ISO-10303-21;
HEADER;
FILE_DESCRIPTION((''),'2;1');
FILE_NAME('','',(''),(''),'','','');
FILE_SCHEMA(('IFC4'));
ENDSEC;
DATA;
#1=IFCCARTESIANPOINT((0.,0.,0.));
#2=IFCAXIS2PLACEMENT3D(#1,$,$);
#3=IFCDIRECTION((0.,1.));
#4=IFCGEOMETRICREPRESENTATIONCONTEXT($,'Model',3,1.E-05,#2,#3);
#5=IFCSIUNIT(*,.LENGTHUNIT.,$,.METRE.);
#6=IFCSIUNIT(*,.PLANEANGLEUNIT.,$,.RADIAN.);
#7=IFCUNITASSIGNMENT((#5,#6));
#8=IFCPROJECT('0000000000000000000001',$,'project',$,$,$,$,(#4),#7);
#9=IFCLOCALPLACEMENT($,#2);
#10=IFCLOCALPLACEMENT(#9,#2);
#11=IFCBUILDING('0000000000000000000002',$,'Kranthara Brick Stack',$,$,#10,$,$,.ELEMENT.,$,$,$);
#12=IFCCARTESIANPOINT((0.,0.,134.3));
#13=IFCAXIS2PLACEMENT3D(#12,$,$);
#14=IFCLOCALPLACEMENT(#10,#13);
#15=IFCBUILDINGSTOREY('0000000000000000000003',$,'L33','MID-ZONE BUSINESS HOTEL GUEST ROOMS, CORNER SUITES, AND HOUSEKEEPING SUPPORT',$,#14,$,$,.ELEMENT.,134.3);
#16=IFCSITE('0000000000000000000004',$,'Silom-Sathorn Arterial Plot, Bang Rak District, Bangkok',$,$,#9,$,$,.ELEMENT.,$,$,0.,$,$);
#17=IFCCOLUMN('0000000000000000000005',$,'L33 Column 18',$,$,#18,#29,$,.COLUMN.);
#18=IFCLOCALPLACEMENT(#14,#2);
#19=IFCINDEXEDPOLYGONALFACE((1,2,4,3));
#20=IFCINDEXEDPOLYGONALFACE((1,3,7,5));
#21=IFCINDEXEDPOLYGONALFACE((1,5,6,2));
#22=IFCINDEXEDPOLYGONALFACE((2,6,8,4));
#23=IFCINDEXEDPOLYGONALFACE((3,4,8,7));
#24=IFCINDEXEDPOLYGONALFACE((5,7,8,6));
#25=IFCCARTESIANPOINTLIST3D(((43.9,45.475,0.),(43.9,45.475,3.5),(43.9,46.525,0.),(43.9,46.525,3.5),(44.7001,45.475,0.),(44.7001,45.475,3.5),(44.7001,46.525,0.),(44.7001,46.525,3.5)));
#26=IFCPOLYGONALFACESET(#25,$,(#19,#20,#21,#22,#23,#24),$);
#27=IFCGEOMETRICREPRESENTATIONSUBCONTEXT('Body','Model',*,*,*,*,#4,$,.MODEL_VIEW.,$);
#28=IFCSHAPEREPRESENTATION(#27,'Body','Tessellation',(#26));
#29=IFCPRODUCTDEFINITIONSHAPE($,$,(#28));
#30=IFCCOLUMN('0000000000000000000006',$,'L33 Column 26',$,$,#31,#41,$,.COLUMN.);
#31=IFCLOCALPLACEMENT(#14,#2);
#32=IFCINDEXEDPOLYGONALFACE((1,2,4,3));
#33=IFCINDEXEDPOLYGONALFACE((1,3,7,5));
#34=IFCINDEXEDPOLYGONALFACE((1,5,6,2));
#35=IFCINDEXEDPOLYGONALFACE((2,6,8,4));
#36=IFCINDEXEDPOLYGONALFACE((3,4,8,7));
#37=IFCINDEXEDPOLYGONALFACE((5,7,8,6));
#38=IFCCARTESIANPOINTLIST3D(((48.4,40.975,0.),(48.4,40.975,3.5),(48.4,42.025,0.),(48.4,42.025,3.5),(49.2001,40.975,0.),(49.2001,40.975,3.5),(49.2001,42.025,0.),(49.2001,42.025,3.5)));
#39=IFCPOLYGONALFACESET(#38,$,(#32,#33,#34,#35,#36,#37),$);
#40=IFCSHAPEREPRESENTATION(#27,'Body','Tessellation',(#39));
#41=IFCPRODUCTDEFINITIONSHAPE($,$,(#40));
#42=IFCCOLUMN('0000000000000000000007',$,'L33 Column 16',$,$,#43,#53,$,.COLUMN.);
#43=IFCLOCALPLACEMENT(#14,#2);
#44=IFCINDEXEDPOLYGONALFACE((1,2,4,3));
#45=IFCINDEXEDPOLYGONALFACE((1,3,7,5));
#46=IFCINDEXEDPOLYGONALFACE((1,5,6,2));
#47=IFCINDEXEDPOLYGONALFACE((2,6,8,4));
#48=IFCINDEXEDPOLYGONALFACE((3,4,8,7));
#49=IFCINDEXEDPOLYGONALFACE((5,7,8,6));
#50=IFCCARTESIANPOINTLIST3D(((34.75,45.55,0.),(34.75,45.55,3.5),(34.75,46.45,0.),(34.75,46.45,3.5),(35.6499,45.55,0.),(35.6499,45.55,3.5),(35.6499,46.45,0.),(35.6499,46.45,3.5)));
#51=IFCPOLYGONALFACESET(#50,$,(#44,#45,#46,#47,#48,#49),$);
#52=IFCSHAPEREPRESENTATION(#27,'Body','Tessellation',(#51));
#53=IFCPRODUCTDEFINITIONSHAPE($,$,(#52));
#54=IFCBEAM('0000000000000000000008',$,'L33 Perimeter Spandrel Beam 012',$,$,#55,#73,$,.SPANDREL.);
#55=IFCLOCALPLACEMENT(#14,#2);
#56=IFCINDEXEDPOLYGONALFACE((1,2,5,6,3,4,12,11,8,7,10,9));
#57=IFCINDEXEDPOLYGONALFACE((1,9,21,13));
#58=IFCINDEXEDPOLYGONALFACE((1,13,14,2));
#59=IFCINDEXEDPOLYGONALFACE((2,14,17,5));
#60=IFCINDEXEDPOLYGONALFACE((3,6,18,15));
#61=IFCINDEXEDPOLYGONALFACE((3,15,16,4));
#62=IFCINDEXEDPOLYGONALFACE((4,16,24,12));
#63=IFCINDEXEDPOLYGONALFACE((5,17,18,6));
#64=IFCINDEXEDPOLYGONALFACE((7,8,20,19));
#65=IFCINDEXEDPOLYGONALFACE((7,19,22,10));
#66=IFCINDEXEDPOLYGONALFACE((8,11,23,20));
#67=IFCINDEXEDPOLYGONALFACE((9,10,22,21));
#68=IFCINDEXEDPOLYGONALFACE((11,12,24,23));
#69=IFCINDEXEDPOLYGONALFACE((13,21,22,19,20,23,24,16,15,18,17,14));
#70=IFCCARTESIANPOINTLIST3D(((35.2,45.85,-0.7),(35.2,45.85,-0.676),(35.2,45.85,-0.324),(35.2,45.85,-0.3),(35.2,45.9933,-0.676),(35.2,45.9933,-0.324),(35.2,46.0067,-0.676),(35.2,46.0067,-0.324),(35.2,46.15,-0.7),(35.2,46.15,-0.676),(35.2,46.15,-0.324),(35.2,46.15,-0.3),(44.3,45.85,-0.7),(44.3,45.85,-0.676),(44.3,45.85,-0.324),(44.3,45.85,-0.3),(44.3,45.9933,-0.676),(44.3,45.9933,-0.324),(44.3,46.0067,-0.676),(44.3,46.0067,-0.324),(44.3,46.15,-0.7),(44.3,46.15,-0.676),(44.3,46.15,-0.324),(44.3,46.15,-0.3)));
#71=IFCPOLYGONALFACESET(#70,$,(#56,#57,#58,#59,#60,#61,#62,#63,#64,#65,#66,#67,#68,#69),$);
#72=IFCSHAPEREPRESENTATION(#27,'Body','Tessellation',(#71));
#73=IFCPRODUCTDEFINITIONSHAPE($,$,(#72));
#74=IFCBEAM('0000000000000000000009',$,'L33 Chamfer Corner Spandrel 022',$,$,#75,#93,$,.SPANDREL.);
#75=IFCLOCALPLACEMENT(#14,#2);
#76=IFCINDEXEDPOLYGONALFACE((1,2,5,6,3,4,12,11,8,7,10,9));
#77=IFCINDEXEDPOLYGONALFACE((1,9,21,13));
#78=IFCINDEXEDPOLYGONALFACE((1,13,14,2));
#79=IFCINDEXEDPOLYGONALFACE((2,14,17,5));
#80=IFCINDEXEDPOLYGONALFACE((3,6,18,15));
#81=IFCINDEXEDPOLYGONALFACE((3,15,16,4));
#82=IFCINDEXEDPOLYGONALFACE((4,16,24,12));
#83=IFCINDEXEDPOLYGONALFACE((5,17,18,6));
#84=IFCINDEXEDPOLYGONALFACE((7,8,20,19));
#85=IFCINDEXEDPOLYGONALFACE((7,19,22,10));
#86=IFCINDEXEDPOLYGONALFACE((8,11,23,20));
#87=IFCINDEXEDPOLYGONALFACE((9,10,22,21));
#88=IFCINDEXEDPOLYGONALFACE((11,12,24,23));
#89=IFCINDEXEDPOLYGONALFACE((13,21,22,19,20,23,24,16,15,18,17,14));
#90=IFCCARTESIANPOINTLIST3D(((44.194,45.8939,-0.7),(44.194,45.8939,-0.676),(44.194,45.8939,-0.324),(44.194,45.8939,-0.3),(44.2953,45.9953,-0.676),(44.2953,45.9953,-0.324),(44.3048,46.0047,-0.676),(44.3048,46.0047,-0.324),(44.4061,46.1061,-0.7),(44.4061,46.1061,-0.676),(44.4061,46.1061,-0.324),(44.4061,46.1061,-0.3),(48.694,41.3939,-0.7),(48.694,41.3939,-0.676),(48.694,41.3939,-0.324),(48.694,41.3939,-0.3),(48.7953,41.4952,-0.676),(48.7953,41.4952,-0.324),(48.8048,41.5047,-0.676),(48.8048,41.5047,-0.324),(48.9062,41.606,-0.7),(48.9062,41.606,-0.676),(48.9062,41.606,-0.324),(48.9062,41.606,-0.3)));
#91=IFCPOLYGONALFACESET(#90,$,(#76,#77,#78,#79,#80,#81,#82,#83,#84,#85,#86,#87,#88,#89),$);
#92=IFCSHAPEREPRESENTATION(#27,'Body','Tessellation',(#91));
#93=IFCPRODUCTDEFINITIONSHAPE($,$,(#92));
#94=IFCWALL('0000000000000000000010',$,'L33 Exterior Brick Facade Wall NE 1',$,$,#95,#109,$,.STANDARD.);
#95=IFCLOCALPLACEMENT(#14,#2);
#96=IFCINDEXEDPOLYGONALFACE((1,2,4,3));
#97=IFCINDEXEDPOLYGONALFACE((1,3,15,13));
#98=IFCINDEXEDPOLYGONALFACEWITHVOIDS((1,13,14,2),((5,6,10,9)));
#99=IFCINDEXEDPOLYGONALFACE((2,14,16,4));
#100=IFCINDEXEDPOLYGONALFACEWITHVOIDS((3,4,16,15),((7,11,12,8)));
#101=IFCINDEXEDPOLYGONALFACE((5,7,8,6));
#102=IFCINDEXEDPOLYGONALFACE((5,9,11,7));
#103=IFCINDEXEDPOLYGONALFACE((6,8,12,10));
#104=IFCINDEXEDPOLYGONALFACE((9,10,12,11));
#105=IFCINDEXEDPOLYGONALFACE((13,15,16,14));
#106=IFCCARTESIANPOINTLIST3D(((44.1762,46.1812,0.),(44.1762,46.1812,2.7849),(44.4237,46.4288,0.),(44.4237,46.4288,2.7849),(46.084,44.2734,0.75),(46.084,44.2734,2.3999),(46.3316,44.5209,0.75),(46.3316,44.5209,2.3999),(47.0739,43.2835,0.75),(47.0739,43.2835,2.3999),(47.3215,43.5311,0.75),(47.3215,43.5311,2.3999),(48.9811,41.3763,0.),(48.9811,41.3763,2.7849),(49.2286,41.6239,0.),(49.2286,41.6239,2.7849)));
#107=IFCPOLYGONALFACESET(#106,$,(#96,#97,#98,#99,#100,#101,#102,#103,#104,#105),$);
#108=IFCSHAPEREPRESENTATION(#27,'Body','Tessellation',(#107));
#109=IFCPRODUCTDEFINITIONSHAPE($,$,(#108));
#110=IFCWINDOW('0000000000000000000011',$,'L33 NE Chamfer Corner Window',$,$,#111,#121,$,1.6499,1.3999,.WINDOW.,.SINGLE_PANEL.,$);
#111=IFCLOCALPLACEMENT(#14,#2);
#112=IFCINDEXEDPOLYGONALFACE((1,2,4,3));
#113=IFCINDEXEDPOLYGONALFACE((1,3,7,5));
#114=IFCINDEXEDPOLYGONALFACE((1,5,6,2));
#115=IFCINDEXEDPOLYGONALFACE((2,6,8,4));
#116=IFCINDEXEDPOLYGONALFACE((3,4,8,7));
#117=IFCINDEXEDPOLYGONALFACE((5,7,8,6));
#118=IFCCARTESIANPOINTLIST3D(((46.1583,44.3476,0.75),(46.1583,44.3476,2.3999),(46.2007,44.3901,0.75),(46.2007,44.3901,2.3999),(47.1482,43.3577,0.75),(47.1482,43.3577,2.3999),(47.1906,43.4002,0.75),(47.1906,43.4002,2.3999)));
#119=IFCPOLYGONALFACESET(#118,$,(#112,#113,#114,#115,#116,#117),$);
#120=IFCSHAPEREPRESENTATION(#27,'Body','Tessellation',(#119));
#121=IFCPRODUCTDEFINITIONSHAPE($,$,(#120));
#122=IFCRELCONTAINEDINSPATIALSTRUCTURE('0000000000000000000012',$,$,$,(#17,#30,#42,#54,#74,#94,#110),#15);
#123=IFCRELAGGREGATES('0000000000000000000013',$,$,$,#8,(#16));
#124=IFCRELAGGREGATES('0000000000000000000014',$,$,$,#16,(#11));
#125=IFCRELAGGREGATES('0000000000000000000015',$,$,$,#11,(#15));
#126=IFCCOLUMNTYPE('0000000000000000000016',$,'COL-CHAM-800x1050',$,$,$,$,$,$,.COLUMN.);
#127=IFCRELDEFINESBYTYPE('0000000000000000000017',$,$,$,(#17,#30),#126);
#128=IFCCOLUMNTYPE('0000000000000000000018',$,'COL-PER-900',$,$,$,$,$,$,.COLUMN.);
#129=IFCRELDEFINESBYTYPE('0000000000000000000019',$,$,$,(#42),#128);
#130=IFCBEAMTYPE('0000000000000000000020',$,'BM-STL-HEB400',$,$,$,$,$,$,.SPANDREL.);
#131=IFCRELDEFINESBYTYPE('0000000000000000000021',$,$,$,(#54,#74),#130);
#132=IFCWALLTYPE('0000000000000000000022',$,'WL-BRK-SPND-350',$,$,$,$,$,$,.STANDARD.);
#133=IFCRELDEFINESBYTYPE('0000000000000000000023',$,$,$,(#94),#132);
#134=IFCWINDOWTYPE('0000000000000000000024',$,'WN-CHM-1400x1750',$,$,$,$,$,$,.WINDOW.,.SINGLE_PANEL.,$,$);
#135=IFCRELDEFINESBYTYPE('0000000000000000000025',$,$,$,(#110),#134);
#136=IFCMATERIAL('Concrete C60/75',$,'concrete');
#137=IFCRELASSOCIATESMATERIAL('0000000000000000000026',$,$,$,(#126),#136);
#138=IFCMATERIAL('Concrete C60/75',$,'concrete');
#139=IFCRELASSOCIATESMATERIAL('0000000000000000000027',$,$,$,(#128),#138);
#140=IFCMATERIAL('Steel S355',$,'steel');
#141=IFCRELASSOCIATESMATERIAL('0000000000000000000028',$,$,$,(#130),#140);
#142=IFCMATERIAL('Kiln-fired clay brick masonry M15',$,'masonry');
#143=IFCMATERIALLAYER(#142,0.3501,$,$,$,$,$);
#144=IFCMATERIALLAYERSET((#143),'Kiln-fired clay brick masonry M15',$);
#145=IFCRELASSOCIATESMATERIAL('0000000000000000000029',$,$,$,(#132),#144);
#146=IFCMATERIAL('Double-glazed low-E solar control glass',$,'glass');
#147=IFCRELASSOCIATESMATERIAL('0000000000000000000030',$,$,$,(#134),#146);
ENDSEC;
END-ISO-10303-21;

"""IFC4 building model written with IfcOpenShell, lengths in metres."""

from ifc_helpers import new_model, si_unit, direction, frame, frame_2d, origin, origin_2d, place, context, subcontext, project, spatial, rectangle, i_section, extrude, material, layer, layer_set, material_profile, profile_set, type_object, element, fill, save


model = new_model("IFC4")

# Units and contexts
model_context = context("Model", 3, precision=1e-05, world=origin(), true_north=direction((0.0, 1.0)))
body_context = subcontext(model_context, "Body", "Model", "MODEL_VIEW")
ifc_project = project(units=[si_unit("LENGTHUNIT", "METRE"), si_unit("PLANEANGLEUNIT", "RADIAN")], contexts=[model_context])

# Site, building, storey
site_placement = place(None, origin())
site = spatial("IfcSite", under=ifc_project, at=site_placement, Name="Silom-Sathorn Arterial Plot, Bang Rak District, Bangkok", CompositionType="ELEMENT", RefElevation=0.0)
building_placement = place(site_placement, origin())
building = spatial("IfcBuilding", under=site, at=building_placement, Name="Kranthara Brick Stack", CompositionType="ELEMENT")
storey_placement = place(building_placement, frame((0.0, 0.0, 134.3)))
storey = spatial("IfcBuildingStorey", under=building, at=storey_placement, Name="L33", Description="MID-ZONE BUSINESS HOTEL GUEST ROOMS, CORNER SUITES, AND HOUSEKEEPING SUPPORT", CompositionType="ELEMENT", Elevation=134.3)

# Columns
ifc_material_1 = material(Name="Concrete C60/75", Category="concrete")
ifc_material_profile_1 = material_profile(ifc_material_1, rectangle(XDim=0.8, YDim=1.05, at=origin_2d()), Name="RC 800x1050")
ifc_profile_set_1 = profile_set([ifc_material_profile_1], Name="Concrete C60/75")
column_type_1 = type_object("IfcColumnType", Name="COL-CHAM-800x1050", PredefinedType="COLUMN", material=ifc_profile_set_1)
for number, where, z_axis, x_axis, name in (
    (1, (44.3, 46.0, 0.0), (0.0, 0.0, 1.0), (1.0, 0.0, 0.0), "L33 Column 18"),
    (2, (48.8, 41.5, 0.0), (0.0, 0.0, 1.0), (1.0, 0.0, 0.0), "L33 Column 26"),
):
    element("IfcColumn", number, at=place(storey_placement, frame(where, z_axis=z_axis, x_axis=x_axis)), inside=storey, type_object=column_type_1, Name=name, PredefinedType="COLUMN", context=body_context, shape_type="SweptSolid", body=[
        extrude(rectangle(XDim=0.8, YDim=1.05, at=origin_2d()), origin(), (0.0, 0.0, 1.0), 3.5),
    ])
ifc_material_2 = material(Name="Concrete C60/75", Category="concrete")
ifc_material_profile_2 = material_profile(ifc_material_2, rectangle(XDim=0.8999, YDim=0.8999, at=origin_2d()), Name="RC 900x900")
ifc_profile_set_2 = profile_set([ifc_material_profile_2], Name="Concrete C60/75")
column_type_2 = type_object("IfcColumnType", Name="COL-PER-900", PredefinedType="COLUMN", material=ifc_profile_set_2)
column_placement = place(storey_placement, frame((35.2, 46.0, 0.0), z_axis=(0.0, 0.0, 1.0), x_axis=(1.0, 0.0, 0.0)))
element("IfcColumn", 3, at=column_placement, inside=storey, type_object=column_type_2, Name="L33 Column 16", PredefinedType="COLUMN", context=body_context, shape_type="SweptSolid", body=[
    extrude(rectangle(XDim=0.8999, YDim=0.8999, at=origin_2d()), origin(), (0.0, 0.0, 1.0), 3.5),
])

# Beams
ifc_material_3 = material(Name="Steel S355", Category="steel")
ifc_material_profile_3 = material_profile(ifc_material_3, i_section(OverallWidth=0.3, OverallDepth=0.3999, WebThickness=0.0134, FlangeThickness=0.0239, at=origin_2d()), Name="HEB 400")
ifc_profile_set_3 = profile_set([ifc_material_profile_3], Name="Steel S355")
beam_type = type_object("IfcBeamType", Name="BM-STL-HEB400", PredefinedType="SPANDREL", material=ifc_profile_set_3)
beam_1_placement = place(storey_placement, frame((35.2, 46.0, -0.5), z_axis=(1.0, 0.0, 0.0), x_axis=(0.0, 1.0, 0.0)))
element("IfcBeam", 4, at=beam_1_placement, inside=storey, type_object=beam_type, Name="L33 Perimeter Spandrel Beam 012", PredefinedType="SPANDREL", context=body_context, shape_type="SweptSolid", body=[
    extrude(i_section(OverallWidth=0.3, OverallDepth=0.3999, WebThickness=0.0134, FlangeThickness=0.0239, at=origin_2d()), origin(), (0.0, 0.0, 1.0), 9.1001),
])
beam_2_placement = place(storey_placement, frame((44.3, 46.0, -0.5), z_axis=(0.707107, -0.707107, 0.0), x_axis=(0.707107, 0.707107, 0.0)))
element("IfcBeam", 5, at=beam_2_placement, inside=storey, type_object=beam_type, Name="L33 Chamfer Corner Spandrel 022", PredefinedType="SPANDREL", context=body_context, shape_type="SweptSolid", body=[
    extrude(i_section(OverallWidth=0.3, OverallDepth=0.3999, WebThickness=0.0134, FlangeThickness=0.0239, at=origin_2d()), origin(), (0.0, 0.0, 1.0), 6.364),
])

# Wall, opening, window
ifc_material_4 = material(Name="Kiln-fired clay brick masonry M15", Category="masonry")
ifc_layer_1 = layer(ifc_material_4, 0.3501)
ifc_layer_set_1 = layer_set([ifc_layer_1], Name="Kiln-fired clay brick masonry M15")
wall_type_1 = type_object("IfcWallType", Name="WL-BRK-SPND-350", PredefinedType="STANDARD", material=ifc_layer_set_1)
wall_1_placement = place(storey_placement, frame((44.3, 46.3049, 0.0), z_axis=(0.0, 0.0, 1.0), x_axis=(0.707107, -0.707107, 0.0)))
wall_1 = element("IfcWall", 6, at=wall_1_placement, inside=storey, type_object=wall_type_1, Name="L33 Exterior Brick Facade Wall NE 1", PredefinedType="STANDARD", context=body_context, shape_type="SweptSolid", body=[
    extrude(rectangle(XDim=6.7952, YDim=0.3501, at=frame_2d((3.3975, 0.0))), origin(), (0.0, 0.0, 1.0), 2.7849),
])
opening_1_placement = place(wall_1_placement, frame((2.698, 0.0, 0.75)))
opening_1 = element("IfcOpeningElement", 7, at=opening_1_placement, cuts=wall_1, PredefinedType="OPENING", context=body_context, shape_type="SweptSolid", body=[
    extrude(rectangle(XDim=1.3999, YDim=1.6499, at=frame_2d((0.7, 0.825))), frame((0.0, 0.1851, 0.0), z_axis=(0.0, -1.0, 0.0), x_axis=(1.0, 0.0, 0.0)), (0.0, 0.0, 1.0), 0.3701),
])
ifc_material_5 = material(Name="Double-glazed low-E solar control glass", Category="glass")
window_type_1 = type_object("IfcWindowType", Name="WN-CHM-1400x1750", PartitioningType="SINGLE_PANEL", PredefinedType="WINDOW", material=ifc_material_5)
window_1_placement = place(opening_1_placement, origin())
window_1 = element("IfcWindow", 8, at=window_1_placement, inside=storey, type_object=window_type_1, Name="L33 NE Chamfer Corner Window", OverallHeight=1.6499, OverallWidth=1.3999, PartitioningType="SINGLE_PANEL", PredefinedType="WINDOW", context=body_context, shape_type="SweptSolid", body=[
    extrude(rectangle(XDim=1.3999, YDim=1.6499, at=frame_2d((0.7, 0.825))), frame((0.0, -0.01, 0.0), z_axis=(0.0, -1.0, 0.0), x_axis=(1.0, 0.0, 0.0)), (0.0, 0.0, 1.0), 0.0601),
])
fill(opening_1, window_1)

save(model, "model.ifc")
